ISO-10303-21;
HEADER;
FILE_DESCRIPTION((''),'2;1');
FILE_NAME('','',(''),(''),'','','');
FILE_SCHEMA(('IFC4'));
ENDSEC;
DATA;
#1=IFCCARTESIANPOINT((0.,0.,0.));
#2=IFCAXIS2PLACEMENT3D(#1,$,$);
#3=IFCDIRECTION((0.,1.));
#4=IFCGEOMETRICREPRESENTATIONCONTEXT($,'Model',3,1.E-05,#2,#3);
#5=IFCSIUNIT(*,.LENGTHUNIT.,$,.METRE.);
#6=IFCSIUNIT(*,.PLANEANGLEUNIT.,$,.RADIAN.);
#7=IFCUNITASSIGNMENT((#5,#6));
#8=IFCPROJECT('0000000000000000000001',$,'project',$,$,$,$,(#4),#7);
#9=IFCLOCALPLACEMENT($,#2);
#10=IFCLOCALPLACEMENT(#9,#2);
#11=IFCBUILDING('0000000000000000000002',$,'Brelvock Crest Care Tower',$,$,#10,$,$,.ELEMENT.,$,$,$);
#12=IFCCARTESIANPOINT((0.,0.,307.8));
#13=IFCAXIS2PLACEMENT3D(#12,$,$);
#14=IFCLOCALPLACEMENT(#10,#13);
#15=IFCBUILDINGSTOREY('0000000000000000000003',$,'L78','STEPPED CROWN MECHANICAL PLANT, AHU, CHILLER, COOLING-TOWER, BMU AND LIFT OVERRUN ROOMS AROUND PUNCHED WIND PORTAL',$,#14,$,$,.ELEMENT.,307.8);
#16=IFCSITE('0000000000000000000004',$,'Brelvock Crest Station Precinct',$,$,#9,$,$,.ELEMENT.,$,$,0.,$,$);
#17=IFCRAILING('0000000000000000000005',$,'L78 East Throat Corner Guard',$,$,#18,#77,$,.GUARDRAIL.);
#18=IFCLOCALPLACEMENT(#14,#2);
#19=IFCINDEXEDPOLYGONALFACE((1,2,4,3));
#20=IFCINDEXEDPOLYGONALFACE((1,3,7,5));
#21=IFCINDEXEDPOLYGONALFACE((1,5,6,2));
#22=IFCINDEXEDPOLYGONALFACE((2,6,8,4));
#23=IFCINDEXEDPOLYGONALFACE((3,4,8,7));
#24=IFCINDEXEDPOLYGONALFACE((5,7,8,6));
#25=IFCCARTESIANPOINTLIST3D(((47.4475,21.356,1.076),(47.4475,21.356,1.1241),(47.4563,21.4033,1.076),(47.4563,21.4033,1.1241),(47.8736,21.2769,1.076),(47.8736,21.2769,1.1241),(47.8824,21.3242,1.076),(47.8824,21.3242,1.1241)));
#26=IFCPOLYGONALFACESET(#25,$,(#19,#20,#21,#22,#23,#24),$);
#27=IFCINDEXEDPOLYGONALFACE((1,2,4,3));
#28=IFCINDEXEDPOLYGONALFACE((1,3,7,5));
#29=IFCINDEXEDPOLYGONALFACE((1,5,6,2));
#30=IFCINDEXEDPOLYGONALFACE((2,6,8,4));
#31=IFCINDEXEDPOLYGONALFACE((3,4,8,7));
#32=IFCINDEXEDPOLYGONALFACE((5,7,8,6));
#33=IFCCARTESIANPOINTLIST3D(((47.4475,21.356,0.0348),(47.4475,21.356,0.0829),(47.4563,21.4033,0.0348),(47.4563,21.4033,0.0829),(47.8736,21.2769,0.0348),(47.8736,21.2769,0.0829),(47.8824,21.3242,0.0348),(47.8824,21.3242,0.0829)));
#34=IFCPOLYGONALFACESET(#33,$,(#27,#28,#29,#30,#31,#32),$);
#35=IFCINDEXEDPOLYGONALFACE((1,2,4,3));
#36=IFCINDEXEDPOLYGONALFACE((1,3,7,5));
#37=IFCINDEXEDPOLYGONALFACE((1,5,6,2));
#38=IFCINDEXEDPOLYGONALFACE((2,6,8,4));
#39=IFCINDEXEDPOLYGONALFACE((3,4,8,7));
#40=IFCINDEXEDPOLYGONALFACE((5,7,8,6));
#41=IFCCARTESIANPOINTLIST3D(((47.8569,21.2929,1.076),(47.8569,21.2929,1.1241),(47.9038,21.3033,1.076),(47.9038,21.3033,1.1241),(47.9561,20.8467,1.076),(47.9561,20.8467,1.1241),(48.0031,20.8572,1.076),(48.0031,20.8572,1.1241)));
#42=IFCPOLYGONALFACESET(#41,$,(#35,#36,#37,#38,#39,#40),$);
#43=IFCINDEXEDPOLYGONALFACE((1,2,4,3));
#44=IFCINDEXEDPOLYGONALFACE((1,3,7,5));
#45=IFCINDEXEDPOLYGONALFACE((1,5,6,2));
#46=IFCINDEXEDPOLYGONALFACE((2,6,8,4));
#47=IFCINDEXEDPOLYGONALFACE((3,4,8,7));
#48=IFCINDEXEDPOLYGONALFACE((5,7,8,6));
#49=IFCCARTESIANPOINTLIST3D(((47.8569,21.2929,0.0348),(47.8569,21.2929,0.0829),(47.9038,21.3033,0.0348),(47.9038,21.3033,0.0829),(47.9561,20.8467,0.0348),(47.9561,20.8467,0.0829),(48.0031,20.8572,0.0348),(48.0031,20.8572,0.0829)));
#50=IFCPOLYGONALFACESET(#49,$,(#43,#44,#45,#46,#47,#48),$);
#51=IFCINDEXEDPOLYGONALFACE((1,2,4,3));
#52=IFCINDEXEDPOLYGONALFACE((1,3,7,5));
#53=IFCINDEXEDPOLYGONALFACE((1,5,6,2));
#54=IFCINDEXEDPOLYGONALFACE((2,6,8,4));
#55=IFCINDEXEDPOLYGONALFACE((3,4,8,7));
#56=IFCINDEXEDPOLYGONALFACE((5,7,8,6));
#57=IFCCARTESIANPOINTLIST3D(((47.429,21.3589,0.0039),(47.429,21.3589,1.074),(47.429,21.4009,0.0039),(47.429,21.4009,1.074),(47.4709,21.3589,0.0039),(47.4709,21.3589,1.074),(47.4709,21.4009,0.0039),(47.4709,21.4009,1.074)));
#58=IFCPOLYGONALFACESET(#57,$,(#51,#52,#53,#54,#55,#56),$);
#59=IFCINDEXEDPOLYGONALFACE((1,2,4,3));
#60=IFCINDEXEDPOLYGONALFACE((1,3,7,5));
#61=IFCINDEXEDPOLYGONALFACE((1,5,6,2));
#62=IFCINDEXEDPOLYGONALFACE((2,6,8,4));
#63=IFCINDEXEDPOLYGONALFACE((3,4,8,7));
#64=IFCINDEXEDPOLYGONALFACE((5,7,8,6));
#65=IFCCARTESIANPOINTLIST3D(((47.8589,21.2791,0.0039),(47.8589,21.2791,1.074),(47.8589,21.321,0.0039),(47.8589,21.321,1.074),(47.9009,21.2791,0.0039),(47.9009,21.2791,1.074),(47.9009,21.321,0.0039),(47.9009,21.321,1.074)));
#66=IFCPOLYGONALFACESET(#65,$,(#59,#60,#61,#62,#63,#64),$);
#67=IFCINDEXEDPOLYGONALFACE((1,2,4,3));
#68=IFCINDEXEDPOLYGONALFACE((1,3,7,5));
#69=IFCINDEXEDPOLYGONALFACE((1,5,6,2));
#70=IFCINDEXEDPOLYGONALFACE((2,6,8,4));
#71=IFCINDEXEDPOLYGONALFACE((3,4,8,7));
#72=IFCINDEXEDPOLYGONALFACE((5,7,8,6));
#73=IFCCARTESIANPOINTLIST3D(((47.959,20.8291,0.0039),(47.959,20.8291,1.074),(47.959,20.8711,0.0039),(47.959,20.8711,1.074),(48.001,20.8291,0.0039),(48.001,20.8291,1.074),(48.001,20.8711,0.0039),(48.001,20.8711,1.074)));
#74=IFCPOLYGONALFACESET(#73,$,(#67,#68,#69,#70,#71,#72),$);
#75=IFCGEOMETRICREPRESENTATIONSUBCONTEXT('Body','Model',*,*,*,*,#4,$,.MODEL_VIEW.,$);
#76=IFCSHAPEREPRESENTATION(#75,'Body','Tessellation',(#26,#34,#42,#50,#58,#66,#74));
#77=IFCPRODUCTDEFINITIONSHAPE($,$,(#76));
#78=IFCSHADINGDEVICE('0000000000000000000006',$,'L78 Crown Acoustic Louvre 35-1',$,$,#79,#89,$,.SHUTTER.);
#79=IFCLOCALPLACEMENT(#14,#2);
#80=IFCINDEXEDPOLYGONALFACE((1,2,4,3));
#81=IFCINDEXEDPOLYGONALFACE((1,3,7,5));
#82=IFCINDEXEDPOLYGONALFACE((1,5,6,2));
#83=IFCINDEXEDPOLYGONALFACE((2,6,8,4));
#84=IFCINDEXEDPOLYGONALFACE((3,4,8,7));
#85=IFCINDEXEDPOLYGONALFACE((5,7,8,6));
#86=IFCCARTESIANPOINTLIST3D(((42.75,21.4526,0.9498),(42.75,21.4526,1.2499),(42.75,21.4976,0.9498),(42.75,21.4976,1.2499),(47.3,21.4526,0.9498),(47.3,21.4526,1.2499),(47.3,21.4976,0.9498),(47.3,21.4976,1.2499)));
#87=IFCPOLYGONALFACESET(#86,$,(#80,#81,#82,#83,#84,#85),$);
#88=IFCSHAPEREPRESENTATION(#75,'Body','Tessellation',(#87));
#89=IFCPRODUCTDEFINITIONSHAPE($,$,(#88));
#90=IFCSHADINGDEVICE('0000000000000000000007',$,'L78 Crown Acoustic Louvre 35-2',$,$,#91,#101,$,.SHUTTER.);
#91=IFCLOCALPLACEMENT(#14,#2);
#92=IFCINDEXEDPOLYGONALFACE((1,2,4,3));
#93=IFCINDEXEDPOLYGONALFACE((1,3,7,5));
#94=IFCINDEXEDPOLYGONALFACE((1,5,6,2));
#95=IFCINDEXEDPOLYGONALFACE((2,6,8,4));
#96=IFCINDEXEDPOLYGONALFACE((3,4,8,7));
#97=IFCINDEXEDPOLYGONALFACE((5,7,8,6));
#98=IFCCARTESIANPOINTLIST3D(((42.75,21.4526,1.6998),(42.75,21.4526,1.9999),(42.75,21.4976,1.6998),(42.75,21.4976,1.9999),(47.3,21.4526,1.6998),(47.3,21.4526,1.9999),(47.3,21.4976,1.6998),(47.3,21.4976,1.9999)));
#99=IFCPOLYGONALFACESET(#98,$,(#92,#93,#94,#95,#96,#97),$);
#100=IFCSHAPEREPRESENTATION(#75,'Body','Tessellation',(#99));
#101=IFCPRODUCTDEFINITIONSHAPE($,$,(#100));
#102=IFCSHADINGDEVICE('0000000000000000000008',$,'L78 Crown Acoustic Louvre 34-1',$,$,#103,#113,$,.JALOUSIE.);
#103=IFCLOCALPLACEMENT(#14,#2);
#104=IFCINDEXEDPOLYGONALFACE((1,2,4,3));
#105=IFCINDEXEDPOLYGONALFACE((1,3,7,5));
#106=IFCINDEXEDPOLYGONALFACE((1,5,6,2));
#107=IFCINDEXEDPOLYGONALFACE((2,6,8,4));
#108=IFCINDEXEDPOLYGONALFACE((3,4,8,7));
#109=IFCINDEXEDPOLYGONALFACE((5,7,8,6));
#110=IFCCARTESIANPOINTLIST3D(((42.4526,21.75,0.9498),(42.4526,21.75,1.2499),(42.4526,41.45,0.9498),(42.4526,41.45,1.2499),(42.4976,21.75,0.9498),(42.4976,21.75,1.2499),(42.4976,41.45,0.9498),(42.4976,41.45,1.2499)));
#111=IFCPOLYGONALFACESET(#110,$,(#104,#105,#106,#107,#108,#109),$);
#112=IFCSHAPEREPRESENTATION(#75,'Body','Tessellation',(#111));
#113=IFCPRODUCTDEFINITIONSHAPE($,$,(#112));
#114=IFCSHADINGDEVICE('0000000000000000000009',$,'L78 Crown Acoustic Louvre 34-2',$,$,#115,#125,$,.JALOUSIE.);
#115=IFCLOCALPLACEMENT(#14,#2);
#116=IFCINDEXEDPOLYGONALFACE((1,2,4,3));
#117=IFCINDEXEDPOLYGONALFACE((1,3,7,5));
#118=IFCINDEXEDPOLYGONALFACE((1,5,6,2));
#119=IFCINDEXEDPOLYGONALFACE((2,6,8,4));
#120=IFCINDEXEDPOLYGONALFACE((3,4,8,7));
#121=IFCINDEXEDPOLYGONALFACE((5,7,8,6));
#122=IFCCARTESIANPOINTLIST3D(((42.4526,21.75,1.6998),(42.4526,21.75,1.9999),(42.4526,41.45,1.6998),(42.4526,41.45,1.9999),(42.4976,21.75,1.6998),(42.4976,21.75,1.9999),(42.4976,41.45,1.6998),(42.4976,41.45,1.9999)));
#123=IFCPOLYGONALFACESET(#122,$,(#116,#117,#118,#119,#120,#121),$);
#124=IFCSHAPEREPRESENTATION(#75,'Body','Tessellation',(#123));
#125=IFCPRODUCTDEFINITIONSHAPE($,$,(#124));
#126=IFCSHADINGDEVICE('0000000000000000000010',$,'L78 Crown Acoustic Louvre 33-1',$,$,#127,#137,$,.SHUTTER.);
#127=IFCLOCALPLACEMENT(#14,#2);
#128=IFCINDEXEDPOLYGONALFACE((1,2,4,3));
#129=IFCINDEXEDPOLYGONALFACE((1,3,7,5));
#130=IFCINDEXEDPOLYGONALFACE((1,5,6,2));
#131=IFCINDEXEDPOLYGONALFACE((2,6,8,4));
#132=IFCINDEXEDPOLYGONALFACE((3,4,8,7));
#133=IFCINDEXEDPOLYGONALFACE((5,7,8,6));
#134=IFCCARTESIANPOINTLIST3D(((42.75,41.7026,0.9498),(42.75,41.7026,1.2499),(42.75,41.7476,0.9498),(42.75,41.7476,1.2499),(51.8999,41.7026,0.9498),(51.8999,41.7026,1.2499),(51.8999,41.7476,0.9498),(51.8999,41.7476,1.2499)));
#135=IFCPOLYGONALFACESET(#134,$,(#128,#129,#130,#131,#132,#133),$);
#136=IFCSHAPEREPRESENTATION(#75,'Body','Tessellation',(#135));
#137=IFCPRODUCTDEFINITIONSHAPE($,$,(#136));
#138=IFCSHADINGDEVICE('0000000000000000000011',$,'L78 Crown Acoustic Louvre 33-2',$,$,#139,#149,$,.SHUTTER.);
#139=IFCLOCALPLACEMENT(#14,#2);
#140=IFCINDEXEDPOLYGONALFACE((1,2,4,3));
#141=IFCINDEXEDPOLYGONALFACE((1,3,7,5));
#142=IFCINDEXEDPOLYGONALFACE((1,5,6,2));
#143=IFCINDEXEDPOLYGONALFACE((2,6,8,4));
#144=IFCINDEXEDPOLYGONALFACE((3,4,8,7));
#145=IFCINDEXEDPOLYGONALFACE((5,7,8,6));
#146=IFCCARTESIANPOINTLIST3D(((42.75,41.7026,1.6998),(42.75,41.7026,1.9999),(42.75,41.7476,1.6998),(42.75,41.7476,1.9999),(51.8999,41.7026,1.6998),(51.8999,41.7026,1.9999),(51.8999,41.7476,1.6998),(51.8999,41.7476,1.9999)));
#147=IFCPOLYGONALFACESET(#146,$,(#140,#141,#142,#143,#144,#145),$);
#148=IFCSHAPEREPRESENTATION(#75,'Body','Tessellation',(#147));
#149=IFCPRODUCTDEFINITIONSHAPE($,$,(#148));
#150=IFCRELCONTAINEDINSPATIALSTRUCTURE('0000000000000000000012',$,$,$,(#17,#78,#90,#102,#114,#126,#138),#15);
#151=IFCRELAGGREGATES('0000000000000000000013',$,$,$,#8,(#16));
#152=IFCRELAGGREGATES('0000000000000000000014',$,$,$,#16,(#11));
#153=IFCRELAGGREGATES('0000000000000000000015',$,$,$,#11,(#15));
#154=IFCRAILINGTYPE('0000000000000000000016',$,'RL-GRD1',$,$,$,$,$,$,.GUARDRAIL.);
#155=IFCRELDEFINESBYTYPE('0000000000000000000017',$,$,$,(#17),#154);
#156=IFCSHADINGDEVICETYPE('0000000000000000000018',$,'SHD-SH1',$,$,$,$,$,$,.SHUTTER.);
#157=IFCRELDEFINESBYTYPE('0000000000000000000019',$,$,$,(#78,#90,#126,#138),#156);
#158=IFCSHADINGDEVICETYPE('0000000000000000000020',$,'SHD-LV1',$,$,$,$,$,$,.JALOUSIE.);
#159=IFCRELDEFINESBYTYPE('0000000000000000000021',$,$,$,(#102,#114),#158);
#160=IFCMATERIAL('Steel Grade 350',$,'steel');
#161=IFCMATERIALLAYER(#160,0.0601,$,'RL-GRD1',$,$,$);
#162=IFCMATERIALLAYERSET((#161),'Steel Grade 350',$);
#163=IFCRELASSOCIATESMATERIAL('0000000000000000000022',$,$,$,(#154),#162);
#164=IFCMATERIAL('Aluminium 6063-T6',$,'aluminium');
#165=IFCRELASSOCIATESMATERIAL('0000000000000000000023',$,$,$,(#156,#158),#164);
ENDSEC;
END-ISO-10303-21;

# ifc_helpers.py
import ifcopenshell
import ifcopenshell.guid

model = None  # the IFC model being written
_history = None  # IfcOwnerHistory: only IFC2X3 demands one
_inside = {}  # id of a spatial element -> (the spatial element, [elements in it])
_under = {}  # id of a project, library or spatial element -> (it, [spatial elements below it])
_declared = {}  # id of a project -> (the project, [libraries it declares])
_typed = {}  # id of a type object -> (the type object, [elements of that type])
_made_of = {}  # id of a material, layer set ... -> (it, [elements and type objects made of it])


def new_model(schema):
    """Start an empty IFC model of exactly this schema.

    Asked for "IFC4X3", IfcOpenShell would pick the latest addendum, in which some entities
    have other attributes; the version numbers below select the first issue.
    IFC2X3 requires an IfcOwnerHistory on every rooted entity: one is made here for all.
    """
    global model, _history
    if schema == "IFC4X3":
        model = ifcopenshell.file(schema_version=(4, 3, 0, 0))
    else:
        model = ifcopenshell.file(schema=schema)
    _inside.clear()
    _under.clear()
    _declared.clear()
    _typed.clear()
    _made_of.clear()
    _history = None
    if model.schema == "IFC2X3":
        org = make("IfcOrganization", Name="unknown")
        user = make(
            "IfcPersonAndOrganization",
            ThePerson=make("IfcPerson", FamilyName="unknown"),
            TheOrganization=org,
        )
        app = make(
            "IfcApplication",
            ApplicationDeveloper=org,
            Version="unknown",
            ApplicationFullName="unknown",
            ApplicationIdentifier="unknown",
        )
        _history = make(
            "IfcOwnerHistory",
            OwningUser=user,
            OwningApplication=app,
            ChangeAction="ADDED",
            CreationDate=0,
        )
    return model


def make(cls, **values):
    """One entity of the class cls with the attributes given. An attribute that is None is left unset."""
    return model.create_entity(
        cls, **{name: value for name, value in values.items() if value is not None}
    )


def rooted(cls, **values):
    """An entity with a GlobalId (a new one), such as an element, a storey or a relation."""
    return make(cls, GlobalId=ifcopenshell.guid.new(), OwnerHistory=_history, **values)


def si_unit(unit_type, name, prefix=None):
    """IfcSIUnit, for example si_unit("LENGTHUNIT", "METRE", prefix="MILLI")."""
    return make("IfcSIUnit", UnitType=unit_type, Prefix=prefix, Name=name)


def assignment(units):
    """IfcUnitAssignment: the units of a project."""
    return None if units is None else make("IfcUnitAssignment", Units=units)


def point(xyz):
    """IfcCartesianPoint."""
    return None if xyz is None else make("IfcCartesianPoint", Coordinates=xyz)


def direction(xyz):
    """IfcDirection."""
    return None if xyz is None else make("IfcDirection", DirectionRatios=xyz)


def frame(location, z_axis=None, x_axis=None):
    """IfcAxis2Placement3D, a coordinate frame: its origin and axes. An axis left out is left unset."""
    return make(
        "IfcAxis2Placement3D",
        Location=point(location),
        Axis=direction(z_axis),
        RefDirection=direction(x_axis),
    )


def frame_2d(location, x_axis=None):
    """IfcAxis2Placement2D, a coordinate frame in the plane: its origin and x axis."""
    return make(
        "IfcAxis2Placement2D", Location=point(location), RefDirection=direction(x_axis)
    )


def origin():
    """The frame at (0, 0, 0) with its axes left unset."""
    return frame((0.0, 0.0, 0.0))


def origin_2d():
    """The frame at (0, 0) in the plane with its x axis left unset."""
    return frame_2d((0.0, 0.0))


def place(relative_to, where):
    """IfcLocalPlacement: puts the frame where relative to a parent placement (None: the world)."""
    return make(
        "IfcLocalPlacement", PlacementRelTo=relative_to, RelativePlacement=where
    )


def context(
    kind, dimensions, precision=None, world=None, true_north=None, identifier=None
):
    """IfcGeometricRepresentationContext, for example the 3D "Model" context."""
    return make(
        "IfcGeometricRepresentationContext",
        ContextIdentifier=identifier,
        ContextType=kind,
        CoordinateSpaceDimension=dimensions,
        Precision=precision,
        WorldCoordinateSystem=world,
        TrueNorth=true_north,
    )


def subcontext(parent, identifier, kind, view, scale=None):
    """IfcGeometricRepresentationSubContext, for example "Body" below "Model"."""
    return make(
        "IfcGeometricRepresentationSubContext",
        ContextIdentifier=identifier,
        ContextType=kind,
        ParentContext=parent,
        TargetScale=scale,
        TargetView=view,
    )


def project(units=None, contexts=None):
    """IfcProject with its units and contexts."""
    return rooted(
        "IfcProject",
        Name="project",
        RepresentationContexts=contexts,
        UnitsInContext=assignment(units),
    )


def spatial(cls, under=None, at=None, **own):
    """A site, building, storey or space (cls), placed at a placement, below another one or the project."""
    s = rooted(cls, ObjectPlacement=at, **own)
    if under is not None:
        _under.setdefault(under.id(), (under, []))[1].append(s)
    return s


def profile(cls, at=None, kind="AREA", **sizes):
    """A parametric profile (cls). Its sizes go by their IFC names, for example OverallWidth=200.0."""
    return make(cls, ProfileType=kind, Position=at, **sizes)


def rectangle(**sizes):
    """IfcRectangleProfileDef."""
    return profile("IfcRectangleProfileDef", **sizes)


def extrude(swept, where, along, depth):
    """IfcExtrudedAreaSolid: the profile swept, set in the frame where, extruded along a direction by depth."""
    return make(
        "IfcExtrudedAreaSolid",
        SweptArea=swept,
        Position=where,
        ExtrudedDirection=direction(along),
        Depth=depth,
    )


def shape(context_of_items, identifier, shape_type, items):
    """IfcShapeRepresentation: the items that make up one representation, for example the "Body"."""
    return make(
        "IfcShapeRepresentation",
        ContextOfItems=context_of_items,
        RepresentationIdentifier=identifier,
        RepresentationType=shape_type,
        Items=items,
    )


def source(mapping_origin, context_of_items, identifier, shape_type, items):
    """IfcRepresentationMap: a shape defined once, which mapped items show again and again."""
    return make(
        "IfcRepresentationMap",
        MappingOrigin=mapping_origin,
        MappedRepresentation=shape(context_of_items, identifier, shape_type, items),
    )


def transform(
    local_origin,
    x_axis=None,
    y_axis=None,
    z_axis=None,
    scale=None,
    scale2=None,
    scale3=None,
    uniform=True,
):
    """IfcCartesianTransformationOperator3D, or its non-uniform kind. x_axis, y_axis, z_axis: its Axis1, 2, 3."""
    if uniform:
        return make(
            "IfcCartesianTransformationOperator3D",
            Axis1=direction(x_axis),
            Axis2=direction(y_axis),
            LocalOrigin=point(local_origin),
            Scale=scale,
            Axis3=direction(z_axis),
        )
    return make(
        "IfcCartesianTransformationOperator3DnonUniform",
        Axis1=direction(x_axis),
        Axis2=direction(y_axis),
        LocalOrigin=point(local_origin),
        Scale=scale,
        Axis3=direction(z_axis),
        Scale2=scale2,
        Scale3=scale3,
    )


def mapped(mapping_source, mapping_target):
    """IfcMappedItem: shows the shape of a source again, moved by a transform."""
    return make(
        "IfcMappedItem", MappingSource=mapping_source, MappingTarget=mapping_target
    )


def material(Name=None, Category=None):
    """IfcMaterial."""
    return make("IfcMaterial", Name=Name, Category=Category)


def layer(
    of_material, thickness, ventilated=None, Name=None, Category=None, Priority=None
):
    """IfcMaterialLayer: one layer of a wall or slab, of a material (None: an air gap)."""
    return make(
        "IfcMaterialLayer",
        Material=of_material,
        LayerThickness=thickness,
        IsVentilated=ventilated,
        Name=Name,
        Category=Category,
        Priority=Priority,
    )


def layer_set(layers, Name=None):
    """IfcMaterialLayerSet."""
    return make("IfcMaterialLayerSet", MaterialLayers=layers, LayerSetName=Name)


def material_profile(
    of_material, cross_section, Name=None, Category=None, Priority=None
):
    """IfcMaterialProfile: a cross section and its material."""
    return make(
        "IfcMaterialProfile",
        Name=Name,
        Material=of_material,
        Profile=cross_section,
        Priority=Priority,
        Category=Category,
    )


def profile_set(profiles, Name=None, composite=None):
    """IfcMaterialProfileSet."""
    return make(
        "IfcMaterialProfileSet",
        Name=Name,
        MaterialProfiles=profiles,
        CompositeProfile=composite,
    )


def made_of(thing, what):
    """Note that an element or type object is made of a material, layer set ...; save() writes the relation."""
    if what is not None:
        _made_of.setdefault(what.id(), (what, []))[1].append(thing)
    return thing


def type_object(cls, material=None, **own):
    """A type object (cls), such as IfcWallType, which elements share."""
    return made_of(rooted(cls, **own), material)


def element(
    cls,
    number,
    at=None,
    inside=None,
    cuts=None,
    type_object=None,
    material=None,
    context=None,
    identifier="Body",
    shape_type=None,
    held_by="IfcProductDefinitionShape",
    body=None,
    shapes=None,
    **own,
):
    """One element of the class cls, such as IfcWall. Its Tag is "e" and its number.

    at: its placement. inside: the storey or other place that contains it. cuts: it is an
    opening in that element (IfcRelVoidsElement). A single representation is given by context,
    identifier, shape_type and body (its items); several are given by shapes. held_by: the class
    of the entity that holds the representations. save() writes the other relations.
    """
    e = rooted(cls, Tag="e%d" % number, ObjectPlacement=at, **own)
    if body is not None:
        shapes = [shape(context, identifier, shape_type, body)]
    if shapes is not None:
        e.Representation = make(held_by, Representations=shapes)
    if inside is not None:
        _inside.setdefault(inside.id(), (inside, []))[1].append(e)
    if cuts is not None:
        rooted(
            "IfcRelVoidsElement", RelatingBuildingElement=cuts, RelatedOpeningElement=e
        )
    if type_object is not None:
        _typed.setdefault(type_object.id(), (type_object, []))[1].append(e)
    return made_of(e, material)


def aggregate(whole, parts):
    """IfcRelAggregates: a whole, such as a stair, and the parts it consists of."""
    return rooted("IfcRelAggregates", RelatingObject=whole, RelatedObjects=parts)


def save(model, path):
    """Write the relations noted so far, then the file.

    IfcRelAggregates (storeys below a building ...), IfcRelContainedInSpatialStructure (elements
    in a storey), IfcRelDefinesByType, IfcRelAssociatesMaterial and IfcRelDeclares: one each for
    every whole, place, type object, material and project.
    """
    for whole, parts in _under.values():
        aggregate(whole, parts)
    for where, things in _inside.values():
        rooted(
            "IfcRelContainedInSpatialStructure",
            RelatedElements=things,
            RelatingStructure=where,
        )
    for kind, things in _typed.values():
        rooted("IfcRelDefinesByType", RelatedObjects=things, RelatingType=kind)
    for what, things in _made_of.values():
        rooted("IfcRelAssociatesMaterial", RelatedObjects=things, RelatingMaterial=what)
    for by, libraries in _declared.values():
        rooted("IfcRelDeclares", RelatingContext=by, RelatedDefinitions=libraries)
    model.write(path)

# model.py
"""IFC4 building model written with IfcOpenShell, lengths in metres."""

from ifc_helpers import new_model, si_unit, direction, frame, origin, origin_2d, place, context, subcontext, project, spatial, rectangle, extrude, source, transform, mapped, material, layer, layer_set, material_profile, profile_set, type_object, element, save


model = new_model("IFC4")

# Units and contexts
model_context = context("Model", 3, precision=1e-05, world=origin(), true_north=direction((0.0, 1.0)))
body_context = subcontext(model_context, "Body", "Model", "MODEL_VIEW")
ifc_project = project(units=[si_unit("LENGTHUNIT", "METRE"), si_unit("PLANEANGLEUNIT", "RADIAN")], contexts=[model_context])

# Site, building, storey
site_placement = place(None, origin())
site = spatial("IfcSite", under=ifc_project, at=site_placement, Name="Brelvock Crest Station Precinct", CompositionType="ELEMENT", RefElevation=0.0)
building_placement = place(site_placement, origin())
building = spatial("IfcBuilding", under=site, at=building_placement, Name="Brelvock Crest Care Tower", CompositionType="ELEMENT")
storey_placement = place(building_placement, frame((0.0, 0.0, 307.8)))
storey = spatial("IfcBuildingStorey", under=building, at=storey_placement, Name="L78", Description="STEPPED CROWN MECHANICAL PLANT, AHU, CHILLER, COOLING-TOWER, BMU AND LIFT OVERRUN ROOMS AROUND PUNCHED WIND PORTAL", CompositionType="ELEMENT", Elevation=307.8)

# Shared definitions
ifc_material_1 = material(Name="Steel Grade 350", Category="steel")

# Railing
ifc_layer_1 = layer(ifc_material_1, 0.0601, Name="RL-GRD1")
ifc_layer_set_1 = layer_set([ifc_layer_1], Name="Steel Grade 350")
railing_type = type_object("IfcRailingType", Name="RL-GRD1", PredefinedType="GUARDRAIL", material=ifc_layer_set_1)
railing_placement = place(storey_placement, frame((47.45, 21.3799, 0.0039)))
element("IfcRailing", 1, at=railing_placement, inside=storey, type_object=railing_type, Name="L78 East Throat Corner Guard", PredefinedType="GUARDRAIL", context=body_context, shape_type="SweptSolid", body=[
    extrude(rectangle(XDim=0.0481, YDim=0.0481, at=origin_2d()), frame((0.002, -0.0002, 1.0962), z_axis=(0.983193, -0.182569, 0.0), x_axis=(0.182569, 0.983193, 0.0)), (0.0, 0.0, 1.0), 0.4333),
    extrude(rectangle(XDim=0.0481, YDim=0.0481, at=origin_2d()), frame((0.002, -0.0002, 0.0549), z_axis=(0.983193, -0.182569, 0.0), x_axis=(0.182569, 0.983193, 0.0)), (0.0, 0.0, 1.0), 0.4333),
    extrude(rectangle(XDim=0.0481, YDim=0.0481, at=origin_2d()), frame((0.4304, -0.0818, 1.0962), z_axis=(0.217155, -0.976137, 0.0), x_axis=(0.976137, 0.217155, 0.0)), (0.0, 0.0, 1.0), 0.457),
    extrude(rectangle(XDim=0.0481, YDim=0.0481, at=origin_2d()), frame((0.4304, -0.0818, 0.0549), z_axis=(0.217155, -0.976137, 0.0), x_axis=(0.976137, 0.217155, 0.0)), (0.0, 0.0, 1.0), 0.457),
    extrude(rectangle(XDim=0.042, YDim=0.042, at=origin_2d()), origin(), (0.0, 0.0, 1.0), 1.0701),
    extrude(rectangle(XDim=0.042, YDim=0.042, at=origin_2d()), frame((0.4299, -0.0798, 0.0)), (0.0, 0.0, 1.0), 1.0701),
    extrude(rectangle(XDim=0.042, YDim=0.042, at=origin_2d()), frame((0.53, -0.5298, 0.0)), (0.0, 0.0, 1.0), 1.0701),
])

# Shading devices
ifc_material_2 = material(Name="Aluminium 6063-T6", Category="aluminium")
ifc_material_profile_1 = material_profile(ifc_material_2, rectangle(XDim=0.0449, YDim=0.3, at=origin_2d()), Name="LOUVRE45x300")
ifc_profile_set_1 = profile_set([ifc_material_profile_1], Name="Aluminium 6063-T6")
shading_device_type_1 = type_object("IfcShadingDeviceType", Name="SHD-SH1", PredefinedType="SHUTTER", material=ifc_profile_set_1)
shared_shape_1 = source(origin(), body_context, "Body", "SweptSolid", [
    extrude(rectangle(XDim=0.0449, YDim=0.3, at=origin_2d()), origin(), (0.0, 0.0, 1.0), 4.55),
])
for number, where, z_axis, x_axis, name in (
    (2, (42.75, 21.4751, 1.0999), (1.0, 0.0, 0.0), (0.0, 1.0, 0.0), "L78 Crown Acoustic Louvre 35-1"),
    (3, (42.75, 21.4751, 1.8499), (1.0, 0.0, 0.0), (0.0, 1.0, 0.0), "L78 Crown Acoustic Louvre 35-2"),
):
    element("IfcShadingDevice", number, at=place(storey_placement, frame(where, z_axis=z_axis, x_axis=x_axis)), inside=storey, type_object=shading_device_type_1, Name=name, PredefinedType="SHUTTER", context=body_context, shape_type="MappedRepresentation", body=[
        mapped(shared_shape_1, transform((0.0, 0.0, 0.0), x_axis=(1.0, 0.0, 0.0), y_axis=(0.0, 1.0, 0.0), z_axis=(0.0, 0.0, 1.0), scale=1.0)),
    ])
ifc_material_profile_2 = material_profile(ifc_material_2, rectangle(XDim=0.0449, YDim=0.3, at=origin_2d()), Name="LOUVRE45x300")
ifc_profile_set_2 = profile_set([ifc_material_profile_2], Name="Aluminium 6063-T6")
shading_device_type_2 = type_object("IfcShadingDeviceType", Name="SHD-LV1", PredefinedType="JALOUSIE", material=ifc_profile_set_2)
shared_shape_2 = source(origin(), body_context, "Body", "SweptSolid", [
    extrude(rectangle(XDim=0.0449, YDim=0.3, at=origin_2d()), origin(), (0.0, 0.0, 1.0), 19.7),
])
for number, where, z_axis, x_axis, name in (
    (4, (42.4751, 41.45, 1.0999), (0.0, -1.0, 0.0), (1.0, 0.0, 0.0), "L78 Crown Acoustic Louvre 34-1"),
    (5, (42.4751, 41.45, 1.8499), (0.0, -1.0, 0.0), (1.0, 0.0, 0.0), "L78 Crown Acoustic Louvre 34-2"),
):
    element("IfcShadingDevice", number, at=place(storey_placement, frame(where, z_axis=z_axis, x_axis=x_axis)), inside=storey, type_object=shading_device_type_2, Name=name, PredefinedType="JALOUSIE", context=body_context, shape_type="MappedRepresentation", body=[
        mapped(shared_shape_2, transform((0.0, 0.0, 0.0), x_axis=(1.0, 0.0, 0.0), y_axis=(0.0, 1.0, 0.0), z_axis=(0.0, 0.0, 1.0), scale=1.0)),
    ])
shared_shape_3 = source(origin(), body_context, "Body", "SweptSolid", [
    extrude(rectangle(XDim=0.0449, YDim=0.3, at=origin_2d()), origin(), (0.0, 0.0, 1.0), 9.1499),
])
for number, where, z_axis, x_axis, name in (
    (6, (51.8999, 41.7251, 1.0999), (-1.0, 0.0, 0.0), (0.0, -1.0, 0.0), "L78 Crown Acoustic Louvre 33-1"),
    (7, (51.8999, 41.7251, 1.8499), (-1.0, 0.0, 0.0), (0.0, -1.0, 0.0), "L78 Crown Acoustic Louvre 33-2"),
):
    element("IfcShadingDevice", number, at=place(storey_placement, frame(where, z_axis=z_axis, x_axis=x_axis)), inside=storey, type_object=shading_device_type_1, Name=name, PredefinedType="SHUTTER", context=body_context, shape_type="MappedRepresentation", body=[
        mapped(shared_shape_3, transform((0.0, 0.0, 0.0), x_axis=(1.0, 0.0, 0.0), y_axis=(0.0, 1.0, 0.0), z_axis=(0.0, 0.0, 1.0), scale=1.0)),
    ])

save(model, "model.ifc")
